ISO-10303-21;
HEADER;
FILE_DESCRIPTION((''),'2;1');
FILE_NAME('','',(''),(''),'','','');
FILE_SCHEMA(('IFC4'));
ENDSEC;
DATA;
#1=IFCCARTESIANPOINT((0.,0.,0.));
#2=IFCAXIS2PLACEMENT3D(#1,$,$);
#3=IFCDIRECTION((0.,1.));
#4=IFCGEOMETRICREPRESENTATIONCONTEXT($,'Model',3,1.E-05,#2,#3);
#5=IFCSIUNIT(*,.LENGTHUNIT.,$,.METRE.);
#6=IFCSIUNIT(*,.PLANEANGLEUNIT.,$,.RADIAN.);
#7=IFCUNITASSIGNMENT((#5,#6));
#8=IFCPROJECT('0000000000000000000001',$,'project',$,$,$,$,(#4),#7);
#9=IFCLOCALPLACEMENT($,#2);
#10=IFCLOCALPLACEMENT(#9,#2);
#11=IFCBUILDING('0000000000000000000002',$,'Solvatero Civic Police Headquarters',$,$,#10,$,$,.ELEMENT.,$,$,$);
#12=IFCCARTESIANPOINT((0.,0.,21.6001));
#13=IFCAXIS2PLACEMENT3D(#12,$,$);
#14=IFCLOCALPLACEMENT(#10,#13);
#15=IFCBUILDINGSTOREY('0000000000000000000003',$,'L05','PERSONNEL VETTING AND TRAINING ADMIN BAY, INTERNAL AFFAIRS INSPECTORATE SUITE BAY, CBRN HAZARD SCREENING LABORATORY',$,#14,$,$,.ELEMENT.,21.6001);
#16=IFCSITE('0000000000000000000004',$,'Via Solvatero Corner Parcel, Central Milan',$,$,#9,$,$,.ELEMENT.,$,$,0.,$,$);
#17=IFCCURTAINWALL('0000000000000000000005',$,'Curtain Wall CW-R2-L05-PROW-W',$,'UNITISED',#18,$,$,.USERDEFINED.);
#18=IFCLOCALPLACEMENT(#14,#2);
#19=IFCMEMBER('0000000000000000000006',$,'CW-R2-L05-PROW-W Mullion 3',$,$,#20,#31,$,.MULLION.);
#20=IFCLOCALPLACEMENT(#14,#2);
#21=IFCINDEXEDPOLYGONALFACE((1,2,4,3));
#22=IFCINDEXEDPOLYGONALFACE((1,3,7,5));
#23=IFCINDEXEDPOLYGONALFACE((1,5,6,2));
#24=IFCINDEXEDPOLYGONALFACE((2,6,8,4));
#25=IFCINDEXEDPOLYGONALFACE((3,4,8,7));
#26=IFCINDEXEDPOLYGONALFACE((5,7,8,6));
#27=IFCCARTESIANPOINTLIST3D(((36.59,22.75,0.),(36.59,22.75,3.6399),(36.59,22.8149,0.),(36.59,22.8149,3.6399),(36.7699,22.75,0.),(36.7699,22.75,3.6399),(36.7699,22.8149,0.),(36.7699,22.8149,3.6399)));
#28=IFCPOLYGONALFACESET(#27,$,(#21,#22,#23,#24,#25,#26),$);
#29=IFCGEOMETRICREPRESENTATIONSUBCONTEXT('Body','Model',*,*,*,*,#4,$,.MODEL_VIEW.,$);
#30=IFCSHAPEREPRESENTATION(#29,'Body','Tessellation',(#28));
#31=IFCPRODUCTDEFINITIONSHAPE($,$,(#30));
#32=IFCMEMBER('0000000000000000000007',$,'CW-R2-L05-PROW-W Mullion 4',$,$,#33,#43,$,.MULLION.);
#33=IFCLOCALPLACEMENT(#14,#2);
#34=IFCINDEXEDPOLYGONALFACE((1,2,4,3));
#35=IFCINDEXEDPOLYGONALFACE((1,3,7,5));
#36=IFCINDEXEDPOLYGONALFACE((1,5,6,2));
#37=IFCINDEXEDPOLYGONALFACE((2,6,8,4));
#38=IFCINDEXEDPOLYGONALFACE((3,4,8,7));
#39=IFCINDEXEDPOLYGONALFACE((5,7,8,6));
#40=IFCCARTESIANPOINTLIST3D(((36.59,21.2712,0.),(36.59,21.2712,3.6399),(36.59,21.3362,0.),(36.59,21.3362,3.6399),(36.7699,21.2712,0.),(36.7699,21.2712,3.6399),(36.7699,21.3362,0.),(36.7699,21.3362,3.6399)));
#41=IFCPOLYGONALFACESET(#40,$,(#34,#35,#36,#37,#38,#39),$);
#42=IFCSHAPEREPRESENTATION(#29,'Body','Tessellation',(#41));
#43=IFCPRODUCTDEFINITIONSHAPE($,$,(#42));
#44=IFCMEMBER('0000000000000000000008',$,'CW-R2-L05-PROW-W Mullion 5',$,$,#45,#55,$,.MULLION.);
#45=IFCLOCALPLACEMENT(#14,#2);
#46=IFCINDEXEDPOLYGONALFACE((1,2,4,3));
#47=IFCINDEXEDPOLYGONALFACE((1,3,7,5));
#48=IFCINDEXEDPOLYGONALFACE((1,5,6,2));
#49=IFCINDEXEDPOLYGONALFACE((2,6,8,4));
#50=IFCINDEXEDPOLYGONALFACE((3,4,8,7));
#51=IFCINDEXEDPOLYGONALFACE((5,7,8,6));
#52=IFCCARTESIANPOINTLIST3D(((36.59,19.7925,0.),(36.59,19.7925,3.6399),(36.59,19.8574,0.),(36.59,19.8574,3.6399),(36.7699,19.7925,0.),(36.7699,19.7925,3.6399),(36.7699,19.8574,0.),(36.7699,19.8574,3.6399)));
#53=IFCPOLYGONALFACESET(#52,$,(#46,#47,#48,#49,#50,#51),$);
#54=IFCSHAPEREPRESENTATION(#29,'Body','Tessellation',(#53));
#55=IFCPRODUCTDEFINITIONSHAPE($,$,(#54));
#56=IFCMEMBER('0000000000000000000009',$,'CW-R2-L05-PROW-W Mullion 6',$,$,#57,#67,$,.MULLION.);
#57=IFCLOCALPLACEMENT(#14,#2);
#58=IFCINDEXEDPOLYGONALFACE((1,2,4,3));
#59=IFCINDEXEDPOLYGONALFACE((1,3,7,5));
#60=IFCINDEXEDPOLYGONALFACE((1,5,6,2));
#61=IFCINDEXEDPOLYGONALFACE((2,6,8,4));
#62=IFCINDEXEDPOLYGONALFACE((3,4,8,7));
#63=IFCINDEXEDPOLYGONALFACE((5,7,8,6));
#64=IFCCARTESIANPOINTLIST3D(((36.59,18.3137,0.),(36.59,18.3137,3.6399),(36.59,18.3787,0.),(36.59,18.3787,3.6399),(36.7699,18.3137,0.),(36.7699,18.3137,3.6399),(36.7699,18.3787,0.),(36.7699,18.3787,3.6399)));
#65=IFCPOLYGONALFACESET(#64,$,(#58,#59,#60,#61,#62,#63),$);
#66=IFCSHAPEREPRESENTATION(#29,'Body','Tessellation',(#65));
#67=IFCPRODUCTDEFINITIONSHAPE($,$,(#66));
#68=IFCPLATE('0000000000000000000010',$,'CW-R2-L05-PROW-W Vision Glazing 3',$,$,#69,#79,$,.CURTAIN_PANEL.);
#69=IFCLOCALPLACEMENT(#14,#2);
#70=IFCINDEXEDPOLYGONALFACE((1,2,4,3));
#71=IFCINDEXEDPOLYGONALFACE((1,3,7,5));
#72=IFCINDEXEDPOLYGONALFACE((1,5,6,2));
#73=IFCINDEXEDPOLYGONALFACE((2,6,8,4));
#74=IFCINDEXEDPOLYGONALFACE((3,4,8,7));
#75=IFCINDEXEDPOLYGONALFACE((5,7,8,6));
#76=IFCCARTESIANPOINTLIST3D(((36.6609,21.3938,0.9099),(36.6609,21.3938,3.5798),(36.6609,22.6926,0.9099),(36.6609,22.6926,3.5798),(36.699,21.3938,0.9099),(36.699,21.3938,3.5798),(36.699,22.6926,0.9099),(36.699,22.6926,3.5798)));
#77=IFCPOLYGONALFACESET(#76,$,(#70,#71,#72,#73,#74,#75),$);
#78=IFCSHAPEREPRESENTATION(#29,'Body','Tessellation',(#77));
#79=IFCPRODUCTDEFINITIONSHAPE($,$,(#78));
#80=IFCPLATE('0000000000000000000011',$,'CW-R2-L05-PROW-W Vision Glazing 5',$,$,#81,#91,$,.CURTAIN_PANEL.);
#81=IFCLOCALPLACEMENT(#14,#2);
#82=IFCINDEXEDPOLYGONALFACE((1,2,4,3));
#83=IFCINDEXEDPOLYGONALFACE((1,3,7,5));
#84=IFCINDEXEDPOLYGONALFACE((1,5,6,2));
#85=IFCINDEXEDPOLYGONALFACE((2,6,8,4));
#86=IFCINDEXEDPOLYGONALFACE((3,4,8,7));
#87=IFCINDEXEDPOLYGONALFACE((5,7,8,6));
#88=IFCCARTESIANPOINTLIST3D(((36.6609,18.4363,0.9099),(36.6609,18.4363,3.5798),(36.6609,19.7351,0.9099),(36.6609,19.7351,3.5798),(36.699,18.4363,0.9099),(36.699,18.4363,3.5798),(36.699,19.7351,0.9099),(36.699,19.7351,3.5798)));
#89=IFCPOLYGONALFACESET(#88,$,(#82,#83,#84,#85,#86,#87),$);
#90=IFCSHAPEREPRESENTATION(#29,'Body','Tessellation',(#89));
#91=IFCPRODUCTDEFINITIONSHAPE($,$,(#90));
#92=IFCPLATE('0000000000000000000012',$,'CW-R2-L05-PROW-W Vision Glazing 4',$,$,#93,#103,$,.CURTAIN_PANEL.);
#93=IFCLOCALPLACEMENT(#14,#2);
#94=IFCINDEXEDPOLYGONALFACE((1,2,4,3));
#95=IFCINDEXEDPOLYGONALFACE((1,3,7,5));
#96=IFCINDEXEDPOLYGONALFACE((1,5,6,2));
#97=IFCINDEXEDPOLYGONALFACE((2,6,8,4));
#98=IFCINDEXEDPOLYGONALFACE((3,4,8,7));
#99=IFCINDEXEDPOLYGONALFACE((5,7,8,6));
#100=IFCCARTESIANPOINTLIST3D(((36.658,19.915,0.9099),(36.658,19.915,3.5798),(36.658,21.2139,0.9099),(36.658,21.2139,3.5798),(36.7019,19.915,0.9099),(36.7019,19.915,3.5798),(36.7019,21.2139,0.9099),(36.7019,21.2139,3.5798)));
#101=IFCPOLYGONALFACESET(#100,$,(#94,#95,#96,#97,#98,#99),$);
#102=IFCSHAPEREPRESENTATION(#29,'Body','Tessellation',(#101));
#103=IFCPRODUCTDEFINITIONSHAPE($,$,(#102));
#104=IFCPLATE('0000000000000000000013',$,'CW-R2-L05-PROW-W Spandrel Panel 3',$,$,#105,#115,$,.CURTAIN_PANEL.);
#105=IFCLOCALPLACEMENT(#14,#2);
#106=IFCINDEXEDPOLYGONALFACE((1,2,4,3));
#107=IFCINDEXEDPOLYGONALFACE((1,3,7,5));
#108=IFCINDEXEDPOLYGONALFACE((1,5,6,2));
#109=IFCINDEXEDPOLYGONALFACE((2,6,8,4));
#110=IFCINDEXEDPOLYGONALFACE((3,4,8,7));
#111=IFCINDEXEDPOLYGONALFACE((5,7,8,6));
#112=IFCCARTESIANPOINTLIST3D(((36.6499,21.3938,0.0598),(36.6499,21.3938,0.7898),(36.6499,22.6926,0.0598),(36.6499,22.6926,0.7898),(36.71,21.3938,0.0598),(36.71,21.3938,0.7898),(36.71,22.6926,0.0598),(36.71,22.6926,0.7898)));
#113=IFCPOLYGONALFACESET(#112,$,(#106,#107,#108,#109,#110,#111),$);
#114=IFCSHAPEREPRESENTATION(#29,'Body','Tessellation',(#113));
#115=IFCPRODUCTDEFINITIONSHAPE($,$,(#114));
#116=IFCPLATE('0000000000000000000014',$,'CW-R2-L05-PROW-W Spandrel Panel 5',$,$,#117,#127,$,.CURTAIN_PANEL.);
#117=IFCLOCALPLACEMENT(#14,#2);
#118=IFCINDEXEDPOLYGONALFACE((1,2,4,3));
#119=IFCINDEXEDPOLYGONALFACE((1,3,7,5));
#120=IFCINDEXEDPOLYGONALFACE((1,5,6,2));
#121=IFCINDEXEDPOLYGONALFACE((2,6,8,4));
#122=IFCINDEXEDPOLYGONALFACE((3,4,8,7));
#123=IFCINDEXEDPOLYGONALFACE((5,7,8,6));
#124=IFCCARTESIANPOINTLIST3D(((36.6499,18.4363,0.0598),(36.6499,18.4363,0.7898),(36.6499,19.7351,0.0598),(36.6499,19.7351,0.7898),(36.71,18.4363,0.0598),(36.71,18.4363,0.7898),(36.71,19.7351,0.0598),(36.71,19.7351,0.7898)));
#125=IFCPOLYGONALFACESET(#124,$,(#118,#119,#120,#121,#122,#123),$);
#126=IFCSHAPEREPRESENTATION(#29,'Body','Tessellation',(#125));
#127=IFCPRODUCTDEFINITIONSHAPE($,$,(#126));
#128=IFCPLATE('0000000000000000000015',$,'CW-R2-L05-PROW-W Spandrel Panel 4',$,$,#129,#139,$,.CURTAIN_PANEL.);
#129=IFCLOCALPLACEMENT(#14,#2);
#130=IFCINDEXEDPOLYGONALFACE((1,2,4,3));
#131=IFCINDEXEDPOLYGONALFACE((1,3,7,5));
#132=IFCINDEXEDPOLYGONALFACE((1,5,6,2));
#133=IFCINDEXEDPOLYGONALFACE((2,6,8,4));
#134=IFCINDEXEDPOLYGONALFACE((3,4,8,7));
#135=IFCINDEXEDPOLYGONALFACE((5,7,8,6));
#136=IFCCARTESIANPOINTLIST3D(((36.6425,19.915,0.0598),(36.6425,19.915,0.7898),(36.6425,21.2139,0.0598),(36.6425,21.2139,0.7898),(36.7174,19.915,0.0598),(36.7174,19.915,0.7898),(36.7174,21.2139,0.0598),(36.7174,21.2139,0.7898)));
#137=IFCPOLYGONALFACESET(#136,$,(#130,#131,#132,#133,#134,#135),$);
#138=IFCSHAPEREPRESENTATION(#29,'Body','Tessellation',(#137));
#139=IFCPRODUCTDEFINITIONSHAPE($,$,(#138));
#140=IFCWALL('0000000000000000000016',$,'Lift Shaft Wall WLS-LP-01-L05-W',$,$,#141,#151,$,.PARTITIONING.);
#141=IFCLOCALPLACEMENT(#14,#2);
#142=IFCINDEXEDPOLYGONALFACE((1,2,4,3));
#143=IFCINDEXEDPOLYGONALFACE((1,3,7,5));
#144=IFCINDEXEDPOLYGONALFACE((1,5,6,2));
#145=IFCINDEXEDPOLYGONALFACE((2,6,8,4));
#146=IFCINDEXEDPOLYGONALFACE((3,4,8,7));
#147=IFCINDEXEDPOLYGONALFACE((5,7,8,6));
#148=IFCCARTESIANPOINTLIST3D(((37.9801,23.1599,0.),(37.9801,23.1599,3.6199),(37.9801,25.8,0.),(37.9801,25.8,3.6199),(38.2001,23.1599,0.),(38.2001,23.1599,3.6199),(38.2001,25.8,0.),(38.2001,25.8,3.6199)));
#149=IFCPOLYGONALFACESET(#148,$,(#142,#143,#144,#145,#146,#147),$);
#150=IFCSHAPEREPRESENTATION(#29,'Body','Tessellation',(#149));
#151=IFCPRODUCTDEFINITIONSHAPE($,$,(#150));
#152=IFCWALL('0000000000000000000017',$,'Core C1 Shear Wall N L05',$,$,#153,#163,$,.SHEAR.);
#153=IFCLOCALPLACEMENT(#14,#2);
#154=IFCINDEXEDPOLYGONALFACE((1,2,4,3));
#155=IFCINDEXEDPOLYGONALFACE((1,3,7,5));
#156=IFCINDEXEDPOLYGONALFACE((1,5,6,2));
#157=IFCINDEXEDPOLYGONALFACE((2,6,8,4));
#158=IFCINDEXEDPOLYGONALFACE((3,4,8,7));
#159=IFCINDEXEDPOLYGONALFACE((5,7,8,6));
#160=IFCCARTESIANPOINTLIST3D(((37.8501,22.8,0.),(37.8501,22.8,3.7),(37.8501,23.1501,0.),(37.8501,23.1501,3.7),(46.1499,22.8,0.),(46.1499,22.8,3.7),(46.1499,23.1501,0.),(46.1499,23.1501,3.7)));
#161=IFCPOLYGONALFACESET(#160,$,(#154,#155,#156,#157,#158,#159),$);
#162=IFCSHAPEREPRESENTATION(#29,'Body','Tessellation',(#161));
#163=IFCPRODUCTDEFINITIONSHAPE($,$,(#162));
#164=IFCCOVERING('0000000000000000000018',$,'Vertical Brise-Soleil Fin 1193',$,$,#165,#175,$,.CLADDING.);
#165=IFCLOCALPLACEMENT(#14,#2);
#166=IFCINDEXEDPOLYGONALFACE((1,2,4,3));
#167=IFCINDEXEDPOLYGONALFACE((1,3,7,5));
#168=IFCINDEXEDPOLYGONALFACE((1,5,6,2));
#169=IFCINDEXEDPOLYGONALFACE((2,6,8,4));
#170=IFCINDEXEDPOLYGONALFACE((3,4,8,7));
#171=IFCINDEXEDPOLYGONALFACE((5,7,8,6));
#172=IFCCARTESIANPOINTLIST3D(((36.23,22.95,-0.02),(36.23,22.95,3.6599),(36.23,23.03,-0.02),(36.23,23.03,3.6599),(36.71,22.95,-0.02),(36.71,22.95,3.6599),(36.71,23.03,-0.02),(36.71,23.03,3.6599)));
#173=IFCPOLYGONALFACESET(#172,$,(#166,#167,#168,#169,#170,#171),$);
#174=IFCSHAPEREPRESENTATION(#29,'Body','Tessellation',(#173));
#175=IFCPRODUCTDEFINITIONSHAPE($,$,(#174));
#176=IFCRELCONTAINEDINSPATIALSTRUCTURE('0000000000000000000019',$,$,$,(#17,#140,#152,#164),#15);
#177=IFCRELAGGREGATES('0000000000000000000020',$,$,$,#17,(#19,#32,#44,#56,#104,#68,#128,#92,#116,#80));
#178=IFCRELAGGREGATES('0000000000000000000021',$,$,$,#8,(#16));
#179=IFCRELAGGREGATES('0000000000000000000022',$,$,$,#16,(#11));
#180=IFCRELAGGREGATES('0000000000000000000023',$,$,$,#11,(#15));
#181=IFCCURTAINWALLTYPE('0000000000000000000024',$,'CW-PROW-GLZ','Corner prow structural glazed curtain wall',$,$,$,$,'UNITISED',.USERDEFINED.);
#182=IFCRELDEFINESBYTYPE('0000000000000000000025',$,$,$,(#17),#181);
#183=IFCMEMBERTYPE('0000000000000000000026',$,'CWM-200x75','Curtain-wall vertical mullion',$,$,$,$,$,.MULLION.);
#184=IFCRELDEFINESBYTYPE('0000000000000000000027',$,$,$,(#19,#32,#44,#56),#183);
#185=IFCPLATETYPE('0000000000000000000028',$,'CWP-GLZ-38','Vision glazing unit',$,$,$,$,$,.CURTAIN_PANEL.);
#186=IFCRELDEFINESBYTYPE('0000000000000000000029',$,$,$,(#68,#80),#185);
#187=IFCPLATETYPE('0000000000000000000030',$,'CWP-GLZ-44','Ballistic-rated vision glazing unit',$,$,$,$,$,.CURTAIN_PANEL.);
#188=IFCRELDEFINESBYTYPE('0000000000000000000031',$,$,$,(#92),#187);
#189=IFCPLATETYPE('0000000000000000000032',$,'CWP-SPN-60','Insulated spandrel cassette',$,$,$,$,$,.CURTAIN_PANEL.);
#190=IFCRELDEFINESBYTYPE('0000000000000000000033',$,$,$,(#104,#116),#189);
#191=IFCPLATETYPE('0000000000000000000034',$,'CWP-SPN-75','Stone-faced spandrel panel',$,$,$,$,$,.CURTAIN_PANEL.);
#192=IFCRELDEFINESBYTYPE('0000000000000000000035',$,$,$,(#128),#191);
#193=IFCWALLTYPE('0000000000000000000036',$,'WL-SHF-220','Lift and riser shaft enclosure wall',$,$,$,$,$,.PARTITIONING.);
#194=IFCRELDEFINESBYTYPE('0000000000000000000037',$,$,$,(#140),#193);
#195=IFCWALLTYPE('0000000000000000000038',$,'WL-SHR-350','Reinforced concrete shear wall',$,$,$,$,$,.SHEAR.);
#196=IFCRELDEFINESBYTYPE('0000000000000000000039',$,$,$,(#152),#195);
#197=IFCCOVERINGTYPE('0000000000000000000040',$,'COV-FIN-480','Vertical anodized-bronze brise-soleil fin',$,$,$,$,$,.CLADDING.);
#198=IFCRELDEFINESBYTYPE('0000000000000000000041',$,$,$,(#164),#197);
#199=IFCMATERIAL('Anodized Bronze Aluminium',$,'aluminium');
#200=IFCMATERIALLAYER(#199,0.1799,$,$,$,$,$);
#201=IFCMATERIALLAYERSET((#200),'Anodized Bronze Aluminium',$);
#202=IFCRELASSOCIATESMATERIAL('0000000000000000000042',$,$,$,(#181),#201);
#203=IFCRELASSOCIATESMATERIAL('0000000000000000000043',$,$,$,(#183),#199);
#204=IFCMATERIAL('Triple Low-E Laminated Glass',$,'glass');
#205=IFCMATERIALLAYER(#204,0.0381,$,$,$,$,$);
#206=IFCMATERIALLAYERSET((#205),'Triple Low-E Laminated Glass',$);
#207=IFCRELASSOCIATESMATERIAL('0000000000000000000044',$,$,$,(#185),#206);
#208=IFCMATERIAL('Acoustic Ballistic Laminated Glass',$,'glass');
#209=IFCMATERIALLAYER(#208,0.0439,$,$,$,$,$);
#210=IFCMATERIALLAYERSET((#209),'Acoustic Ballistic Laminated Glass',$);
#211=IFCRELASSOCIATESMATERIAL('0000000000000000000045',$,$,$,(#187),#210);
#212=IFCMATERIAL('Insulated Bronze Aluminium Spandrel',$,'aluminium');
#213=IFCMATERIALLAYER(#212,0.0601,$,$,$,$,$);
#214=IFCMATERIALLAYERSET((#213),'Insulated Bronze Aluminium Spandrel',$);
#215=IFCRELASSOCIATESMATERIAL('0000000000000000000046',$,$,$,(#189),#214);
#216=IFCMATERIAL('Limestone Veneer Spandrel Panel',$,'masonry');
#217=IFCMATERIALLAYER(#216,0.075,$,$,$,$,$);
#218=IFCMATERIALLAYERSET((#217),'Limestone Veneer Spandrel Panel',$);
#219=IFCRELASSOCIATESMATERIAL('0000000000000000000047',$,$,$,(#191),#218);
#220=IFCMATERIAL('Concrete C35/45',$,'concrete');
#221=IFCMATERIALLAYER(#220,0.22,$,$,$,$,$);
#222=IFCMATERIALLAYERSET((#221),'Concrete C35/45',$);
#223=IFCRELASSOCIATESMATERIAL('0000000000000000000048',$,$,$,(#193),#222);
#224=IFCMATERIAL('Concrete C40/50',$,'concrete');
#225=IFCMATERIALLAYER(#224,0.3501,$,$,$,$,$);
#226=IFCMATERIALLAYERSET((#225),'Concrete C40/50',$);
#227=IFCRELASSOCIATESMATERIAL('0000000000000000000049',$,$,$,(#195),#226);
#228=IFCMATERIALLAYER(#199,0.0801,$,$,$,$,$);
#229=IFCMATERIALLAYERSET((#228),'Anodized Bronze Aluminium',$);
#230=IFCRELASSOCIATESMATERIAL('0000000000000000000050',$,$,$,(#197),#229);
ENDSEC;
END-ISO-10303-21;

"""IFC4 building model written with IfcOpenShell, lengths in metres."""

from ifc_helpers import new_model, si_unit, direction, frame, frame_2d, origin, origin_2d, place, context, subcontext, project, spatial, rectangle, extrude, material, layer, layer_set, material_profile, profile_set, type_object, element, aggregate, save


model = new_model("IFC4")

# Units and contexts
model_context = context("Model", 3, precision=1e-05, world=origin(), true_north=direction((0.0, 1.0)))
body_context = subcontext(model_context, "Body", "Model", "MODEL_VIEW")
ifc_project = project(units=[si_unit("LENGTHUNIT", "METRE"), si_unit("PLANEANGLEUNIT", "RADIAN")], contexts=[model_context])

# Site, building, storey
site_placement = place(None, origin())
site = spatial("IfcSite", under=ifc_project, at=site_placement, Name="Via Solvatero Corner Parcel, Central Milan", CompositionType="ELEMENT", RefElevation=0.0)
building_placement = place(site_placement, origin())
building = spatial("IfcBuilding", under=site, at=building_placement, Name="Solvatero Civic Police Headquarters", CompositionType="ELEMENT")
storey_placement = place(building_placement, frame((0.0, 0.0, 21.6001)))
storey = spatial("IfcBuildingStorey", under=building, at=storey_placement, Name="L05", Description="PERSONNEL VETTING AND TRAINING ADMIN BAY, INTERNAL AFFAIRS INSPECTORATE SUITE BAY, CBRN HAZARD SCREENING LABORATORY", CompositionType="ELEMENT", Elevation=21.6001)

# Curtain wall, members, plates
ifc_material_1 = material(Name="Anodized Bronze Aluminium", Category="aluminium")
ifc_layer_1 = layer(ifc_material_1, 0.1799)
ifc_layer_set_1 = layer_set([ifc_layer_1], Name="Anodized Bronze Aluminium")
curtain_wall_type = type_object("IfcCurtainWallType", Name="CW-PROW-GLZ", Description="Corner prow structural glazed curtain wall", ElementType="UNITISED", PredefinedType="USERDEFINED", material=ifc_layer_set_1)
curtain_wall_placement = place(storey_placement, origin())
curtain_wall = element("IfcCurtainWall", 1, at=curtain_wall_placement, inside=storey, type_object=curtain_wall_type, Name="Curtain Wall CW-R2-L05-PROW-W", ObjectType="UNITISED", PredefinedType="USERDEFINED")
ifc_material_profile = material_profile(ifc_material_1, rectangle(XDim=0.0649, YDim=0.1799, at=origin_2d()), Name="ALU MULLION 65x180")
ifc_profile_set = profile_set([ifc_material_profile], Name="Anodized Bronze Aluminium")
member_type = type_object("IfcMemberType", Name="CWM-200x75", Description="Curtain-wall vertical mullion", PredefinedType="MULLION", material=ifc_profile_set)
member_1_placement = place(storey_placement, frame((36.6799, 22.7825, 0.0), z_axis=(0.0, 0.0, 1.0), x_axis=(0.0, -1.0, 0.0)))
member_1 = element("IfcMember", 2, at=member_1_placement, type_object=member_type, Name="CW-R2-L05-PROW-W Mullion 3", PredefinedType="MULLION", context=body_context, shape_type="SweptSolid", body=[
    extrude(rectangle(XDim=0.0649, YDim=0.1799, at=origin_2d()), origin(), (0.0, 0.0, 1.0), 3.6399),
])
member_2_placement = place(storey_placement, frame((36.6799, 21.3037, 0.0), z_axis=(0.0, 0.0, 1.0), x_axis=(0.0, -1.0, 0.0)))
member_2 = element("IfcMember", 3, at=member_2_placement, type_object=member_type, Name="CW-R2-L05-PROW-W Mullion 4", PredefinedType="MULLION", context=body_context, shape_type="SweptSolid", body=[
    extrude(rectangle(XDim=0.0649, YDim=0.1799, at=origin_2d()), origin(), (0.0, 0.0, 1.0), 3.6399),
])
member_3_placement = place(storey_placement, frame((36.6799, 19.825, 0.0), z_axis=(0.0, 0.0, 1.0), x_axis=(0.0, -1.0, 0.0)))
member_3 = element("IfcMember", 4, at=member_3_placement, type_object=member_type, Name="CW-R2-L05-PROW-W Mullion 5", PredefinedType="MULLION", context=body_context, shape_type="SweptSolid", body=[
    extrude(rectangle(XDim=0.0649, YDim=0.1799, at=origin_2d()), origin(), (0.0, 0.0, 1.0), 3.6399),
])
member_4_placement = place(storey_placement, frame((36.6799, 18.3462, 0.0), z_axis=(0.0, 0.0, 1.0), x_axis=(0.0, -1.0, 0.0)))
member_4 = element("IfcMember", 5, at=member_4_placement, type_object=member_type, Name="CW-R2-L05-PROW-W Mullion 6", PredefinedType="MULLION", context=body_context, shape_type="SweptSolid", body=[
    extrude(rectangle(XDim=0.0649, YDim=0.1799, at=origin_2d()), origin(), (0.0, 0.0, 1.0), 3.6399),
])
ifc_material_2 = material(Name="Triple Low-E Laminated Glass", Category="glass")
ifc_layer_2 = layer(ifc_material_2, 0.0381)
ifc_layer_set_2 = layer_set([ifc_layer_2], Name="Triple Low-E Laminated Glass")
plate_type_1 = type_object("IfcPlateType", Name="CWP-GLZ-38", Description="Vision glazing unit", PredefinedType="CURTAIN_PANEL", material=ifc_layer_set_2)
plate_1_placement = place(storey_placement, frame((36.6799, 22.0432, 0.9099), z_axis=(0.0, 0.0, 1.0), x_axis=(0.0, -1.0, 0.0)))
plate_1 = element("IfcPlate", 6, at=plate_1_placement, type_object=plate_type_1, Name="CW-R2-L05-PROW-W Vision Glazing 3", PredefinedType="CURTAIN_PANEL", context=body_context, shape_type="SweptSolid", body=[
    extrude(rectangle(XDim=1.2988, YDim=0.0381, at=origin_2d()), origin(), (0.0, 0.0, 1.0), 2.6699),
])
plate_2_placement = place(storey_placement, frame((36.6799, 19.0857, 0.9099), z_axis=(0.0, 0.0, 1.0), x_axis=(0.0, -1.0, 0.0)))
plate_2 = element("IfcPlate", 7, at=plate_2_placement, type_object=plate_type_1, Name="CW-R2-L05-PROW-W Vision Glazing 5", PredefinedType="CURTAIN_PANEL", context=body_context, shape_type="SweptSolid", body=[
    extrude(rectangle(XDim=1.2988, YDim=0.0381, at=origin_2d()), origin(), (0.0, 0.0, 1.0), 2.6699),
])
ifc_material_3 = material(Name="Acoustic Ballistic Laminated Glass", Category="glass")
ifc_layer_3 = layer(ifc_material_3, 0.0439)
ifc_layer_set_3 = layer_set([ifc_layer_3], Name="Acoustic Ballistic Laminated Glass")
plate_type_2 = type_object("IfcPlateType", Name="CWP-GLZ-44", Description="Ballistic-rated vision glazing unit", PredefinedType="CURTAIN_PANEL", material=ifc_layer_set_3)
plate_3_placement = place(storey_placement, frame((36.6799, 20.5645, 0.9099), z_axis=(0.0, 0.0, 1.0), x_axis=(0.0, -1.0, 0.0)))
plate_3 = element("IfcPlate", 8, at=plate_3_placement, type_object=plate_type_2, Name="CW-R2-L05-PROW-W Vision Glazing 4", PredefinedType="CURTAIN_PANEL", context=body_context, shape_type="SweptSolid", body=[
    extrude(rectangle(XDim=1.2988, YDim=0.0439, at=origin_2d()), origin(), (0.0, 0.0, 1.0), 2.6699),
])
ifc_material_4 = material(Name="Insulated Bronze Aluminium Spandrel", Category="aluminium")
ifc_layer_4 = layer(ifc_material_4, 0.0601)
ifc_layer_set_4 = layer_set([ifc_layer_4], Name="Insulated Bronze Aluminium Spandrel")
plate_type_3 = type_object("IfcPlateType", Name="CWP-SPN-60", Description="Insulated spandrel cassette", PredefinedType="CURTAIN_PANEL", material=ifc_layer_set_4)
plate_4_placement = place(storey_placement, frame((36.6799, 22.0432, 0.0598), z_axis=(0.0, 0.0, 1.0), x_axis=(0.0, -1.0, 0.0)))
plate_4 = element("IfcPlate", 9, at=plate_4_placement, type_object=plate_type_3, Name="CW-R2-L05-PROW-W Spandrel Panel 3", PredefinedType="CURTAIN_PANEL", context=body_context, shape_type="SweptSolid", body=[
    extrude(rectangle(XDim=1.2988, YDim=0.0601, at=origin_2d()), origin(), (0.0, 0.0, 1.0), 0.73),
])
plate_5_placement = place(storey_placement, frame((36.6799, 19.0857, 0.0598), z_axis=(0.0, 0.0, 1.0), x_axis=(0.0, -1.0, 0.0)))
plate_5 = element("IfcPlate", 10, at=plate_5_placement, type_object=plate_type_3, Name="CW-R2-L05-PROW-W Spandrel Panel 5", PredefinedType="CURTAIN_PANEL", context=body_context, shape_type="SweptSolid", body=[
    extrude(rectangle(XDim=1.2988, YDim=0.0601, at=origin_2d()), origin(), (0.0, 0.0, 1.0), 0.73),
])
ifc_material_5 = material(Name="Limestone Veneer Spandrel Panel", Category="masonry")
ifc_layer_5 = layer(ifc_material_5, 0.075)
ifc_layer_set_5 = layer_set([ifc_layer_5], Name="Limestone Veneer Spandrel Panel")
plate_type_4 = type_object("IfcPlateType", Name="CWP-SPN-75", Description="Stone-faced spandrel panel", PredefinedType="CURTAIN_PANEL", material=ifc_layer_set_5)
plate_6_placement = place(storey_placement, frame((36.6799, 20.5645, 0.0598), z_axis=(0.0, 0.0, 1.0), x_axis=(0.0, -1.0, 0.0)))
plate_6 = element("IfcPlate", 11, at=plate_6_placement, type_object=plate_type_4, Name="CW-R2-L05-PROW-W Spandrel Panel 4", PredefinedType="CURTAIN_PANEL", context=body_context, shape_type="SweptSolid", body=[
    extrude(rectangle(XDim=1.2988, YDim=0.075, at=origin_2d()), origin(), (0.0, 0.0, 1.0), 0.73),
])
aggregate(curtain_wall, [member_1, member_2, member_3, member_4, plate_4, plate_1, plate_6, plate_3, plate_5, plate_2])

# Walls
ifc_material_6 = material(Name="Concrete C35/45", Category="concrete")
ifc_layer_6 = layer(ifc_material_6, 0.22)
ifc_layer_set_6 = layer_set([ifc_layer_6], Name="Concrete C35/45")
wall_type_1 = type_object("IfcWallType", Name="WL-SHF-220", Description="Lift and riser shaft enclosure wall", PredefinedType="PARTITIONING", material=ifc_layer_set_6)
wall_1_placement = place(storey_placement, frame((38.0901, 23.1599, 0.0), z_axis=(0.0, 0.0, 1.0), x_axis=(0.0, 1.0, 0.0)))
element("IfcWall", 12, at=wall_1_placement, inside=storey, type_object=wall_type_1, Name="Lift Shaft Wall WLS-LP-01-L05-W", PredefinedType="PARTITIONING", context=body_context, shape_type="SweptSolid", body=[
    extrude(rectangle(XDim=2.6401, YDim=0.22, at=frame_2d((1.3201, 0.0))), origin(), (0.0, 0.0, 1.0), 3.6199),
])
ifc_material_7 = material(Name="Concrete C40/50", Category="concrete")
ifc_layer_7 = layer(ifc_material_7, 0.3501)
ifc_layer_set_7 = layer_set([ifc_layer_7], Name="Concrete C40/50")
wall_type_2 = type_object("IfcWallType", Name="WL-SHR-350", Description="Reinforced concrete shear wall", PredefinedType="SHEAR", material=ifc_layer_set_7)
wall_2_placement = place(storey_placement, frame((37.8501, 22.9751, 0.0), z_axis=(0.0, 0.0, 1.0), x_axis=(1.0, 0.0, 0.0)))
element("IfcWall", 13, at=wall_2_placement, inside=storey, type_object=wall_type_2, Name="Core C1 Shear Wall N L05", PredefinedType="SHEAR", context=body_context, shape_type="SweptSolid", body=[
    extrude(rectangle(XDim=8.2998, YDim=0.3501, at=frame_2d((4.1499, 0.0))), origin(), (0.0, 0.0, 1.0), 3.7),
])

# Covering
ifc_layer_8 = layer(ifc_material_1, 0.0801)
ifc_layer_set_8 = layer_set([ifc_layer_8], Name="Anodized Bronze Aluminium")
covering_type = type_object("IfcCoveringType", Name="COV-FIN-480", Description="Vertical anodized-bronze brise-soleil fin", PredefinedType="CLADDING", material=ifc_layer_set_8)
covering_placement = place(storey_placement, frame((36.47, 22.99, -0.02), z_axis=(0.0, 0.0, 1.0), x_axis=(0.0, -1.0, 0.0)))
element("IfcCovering", 14, at=covering_placement, inside=storey, type_object=covering_type, Name="Vertical Brise-Soleil Fin 1193", PredefinedType="CLADDING", context=body_context, shape_type="SweptSolid", body=[
    extrude(rectangle(XDim=0.0801, YDim=0.48, at=origin_2d()), origin(), (0.0, 0.0, 1.0), 3.6799),
])

save(model, "model.ifc")
